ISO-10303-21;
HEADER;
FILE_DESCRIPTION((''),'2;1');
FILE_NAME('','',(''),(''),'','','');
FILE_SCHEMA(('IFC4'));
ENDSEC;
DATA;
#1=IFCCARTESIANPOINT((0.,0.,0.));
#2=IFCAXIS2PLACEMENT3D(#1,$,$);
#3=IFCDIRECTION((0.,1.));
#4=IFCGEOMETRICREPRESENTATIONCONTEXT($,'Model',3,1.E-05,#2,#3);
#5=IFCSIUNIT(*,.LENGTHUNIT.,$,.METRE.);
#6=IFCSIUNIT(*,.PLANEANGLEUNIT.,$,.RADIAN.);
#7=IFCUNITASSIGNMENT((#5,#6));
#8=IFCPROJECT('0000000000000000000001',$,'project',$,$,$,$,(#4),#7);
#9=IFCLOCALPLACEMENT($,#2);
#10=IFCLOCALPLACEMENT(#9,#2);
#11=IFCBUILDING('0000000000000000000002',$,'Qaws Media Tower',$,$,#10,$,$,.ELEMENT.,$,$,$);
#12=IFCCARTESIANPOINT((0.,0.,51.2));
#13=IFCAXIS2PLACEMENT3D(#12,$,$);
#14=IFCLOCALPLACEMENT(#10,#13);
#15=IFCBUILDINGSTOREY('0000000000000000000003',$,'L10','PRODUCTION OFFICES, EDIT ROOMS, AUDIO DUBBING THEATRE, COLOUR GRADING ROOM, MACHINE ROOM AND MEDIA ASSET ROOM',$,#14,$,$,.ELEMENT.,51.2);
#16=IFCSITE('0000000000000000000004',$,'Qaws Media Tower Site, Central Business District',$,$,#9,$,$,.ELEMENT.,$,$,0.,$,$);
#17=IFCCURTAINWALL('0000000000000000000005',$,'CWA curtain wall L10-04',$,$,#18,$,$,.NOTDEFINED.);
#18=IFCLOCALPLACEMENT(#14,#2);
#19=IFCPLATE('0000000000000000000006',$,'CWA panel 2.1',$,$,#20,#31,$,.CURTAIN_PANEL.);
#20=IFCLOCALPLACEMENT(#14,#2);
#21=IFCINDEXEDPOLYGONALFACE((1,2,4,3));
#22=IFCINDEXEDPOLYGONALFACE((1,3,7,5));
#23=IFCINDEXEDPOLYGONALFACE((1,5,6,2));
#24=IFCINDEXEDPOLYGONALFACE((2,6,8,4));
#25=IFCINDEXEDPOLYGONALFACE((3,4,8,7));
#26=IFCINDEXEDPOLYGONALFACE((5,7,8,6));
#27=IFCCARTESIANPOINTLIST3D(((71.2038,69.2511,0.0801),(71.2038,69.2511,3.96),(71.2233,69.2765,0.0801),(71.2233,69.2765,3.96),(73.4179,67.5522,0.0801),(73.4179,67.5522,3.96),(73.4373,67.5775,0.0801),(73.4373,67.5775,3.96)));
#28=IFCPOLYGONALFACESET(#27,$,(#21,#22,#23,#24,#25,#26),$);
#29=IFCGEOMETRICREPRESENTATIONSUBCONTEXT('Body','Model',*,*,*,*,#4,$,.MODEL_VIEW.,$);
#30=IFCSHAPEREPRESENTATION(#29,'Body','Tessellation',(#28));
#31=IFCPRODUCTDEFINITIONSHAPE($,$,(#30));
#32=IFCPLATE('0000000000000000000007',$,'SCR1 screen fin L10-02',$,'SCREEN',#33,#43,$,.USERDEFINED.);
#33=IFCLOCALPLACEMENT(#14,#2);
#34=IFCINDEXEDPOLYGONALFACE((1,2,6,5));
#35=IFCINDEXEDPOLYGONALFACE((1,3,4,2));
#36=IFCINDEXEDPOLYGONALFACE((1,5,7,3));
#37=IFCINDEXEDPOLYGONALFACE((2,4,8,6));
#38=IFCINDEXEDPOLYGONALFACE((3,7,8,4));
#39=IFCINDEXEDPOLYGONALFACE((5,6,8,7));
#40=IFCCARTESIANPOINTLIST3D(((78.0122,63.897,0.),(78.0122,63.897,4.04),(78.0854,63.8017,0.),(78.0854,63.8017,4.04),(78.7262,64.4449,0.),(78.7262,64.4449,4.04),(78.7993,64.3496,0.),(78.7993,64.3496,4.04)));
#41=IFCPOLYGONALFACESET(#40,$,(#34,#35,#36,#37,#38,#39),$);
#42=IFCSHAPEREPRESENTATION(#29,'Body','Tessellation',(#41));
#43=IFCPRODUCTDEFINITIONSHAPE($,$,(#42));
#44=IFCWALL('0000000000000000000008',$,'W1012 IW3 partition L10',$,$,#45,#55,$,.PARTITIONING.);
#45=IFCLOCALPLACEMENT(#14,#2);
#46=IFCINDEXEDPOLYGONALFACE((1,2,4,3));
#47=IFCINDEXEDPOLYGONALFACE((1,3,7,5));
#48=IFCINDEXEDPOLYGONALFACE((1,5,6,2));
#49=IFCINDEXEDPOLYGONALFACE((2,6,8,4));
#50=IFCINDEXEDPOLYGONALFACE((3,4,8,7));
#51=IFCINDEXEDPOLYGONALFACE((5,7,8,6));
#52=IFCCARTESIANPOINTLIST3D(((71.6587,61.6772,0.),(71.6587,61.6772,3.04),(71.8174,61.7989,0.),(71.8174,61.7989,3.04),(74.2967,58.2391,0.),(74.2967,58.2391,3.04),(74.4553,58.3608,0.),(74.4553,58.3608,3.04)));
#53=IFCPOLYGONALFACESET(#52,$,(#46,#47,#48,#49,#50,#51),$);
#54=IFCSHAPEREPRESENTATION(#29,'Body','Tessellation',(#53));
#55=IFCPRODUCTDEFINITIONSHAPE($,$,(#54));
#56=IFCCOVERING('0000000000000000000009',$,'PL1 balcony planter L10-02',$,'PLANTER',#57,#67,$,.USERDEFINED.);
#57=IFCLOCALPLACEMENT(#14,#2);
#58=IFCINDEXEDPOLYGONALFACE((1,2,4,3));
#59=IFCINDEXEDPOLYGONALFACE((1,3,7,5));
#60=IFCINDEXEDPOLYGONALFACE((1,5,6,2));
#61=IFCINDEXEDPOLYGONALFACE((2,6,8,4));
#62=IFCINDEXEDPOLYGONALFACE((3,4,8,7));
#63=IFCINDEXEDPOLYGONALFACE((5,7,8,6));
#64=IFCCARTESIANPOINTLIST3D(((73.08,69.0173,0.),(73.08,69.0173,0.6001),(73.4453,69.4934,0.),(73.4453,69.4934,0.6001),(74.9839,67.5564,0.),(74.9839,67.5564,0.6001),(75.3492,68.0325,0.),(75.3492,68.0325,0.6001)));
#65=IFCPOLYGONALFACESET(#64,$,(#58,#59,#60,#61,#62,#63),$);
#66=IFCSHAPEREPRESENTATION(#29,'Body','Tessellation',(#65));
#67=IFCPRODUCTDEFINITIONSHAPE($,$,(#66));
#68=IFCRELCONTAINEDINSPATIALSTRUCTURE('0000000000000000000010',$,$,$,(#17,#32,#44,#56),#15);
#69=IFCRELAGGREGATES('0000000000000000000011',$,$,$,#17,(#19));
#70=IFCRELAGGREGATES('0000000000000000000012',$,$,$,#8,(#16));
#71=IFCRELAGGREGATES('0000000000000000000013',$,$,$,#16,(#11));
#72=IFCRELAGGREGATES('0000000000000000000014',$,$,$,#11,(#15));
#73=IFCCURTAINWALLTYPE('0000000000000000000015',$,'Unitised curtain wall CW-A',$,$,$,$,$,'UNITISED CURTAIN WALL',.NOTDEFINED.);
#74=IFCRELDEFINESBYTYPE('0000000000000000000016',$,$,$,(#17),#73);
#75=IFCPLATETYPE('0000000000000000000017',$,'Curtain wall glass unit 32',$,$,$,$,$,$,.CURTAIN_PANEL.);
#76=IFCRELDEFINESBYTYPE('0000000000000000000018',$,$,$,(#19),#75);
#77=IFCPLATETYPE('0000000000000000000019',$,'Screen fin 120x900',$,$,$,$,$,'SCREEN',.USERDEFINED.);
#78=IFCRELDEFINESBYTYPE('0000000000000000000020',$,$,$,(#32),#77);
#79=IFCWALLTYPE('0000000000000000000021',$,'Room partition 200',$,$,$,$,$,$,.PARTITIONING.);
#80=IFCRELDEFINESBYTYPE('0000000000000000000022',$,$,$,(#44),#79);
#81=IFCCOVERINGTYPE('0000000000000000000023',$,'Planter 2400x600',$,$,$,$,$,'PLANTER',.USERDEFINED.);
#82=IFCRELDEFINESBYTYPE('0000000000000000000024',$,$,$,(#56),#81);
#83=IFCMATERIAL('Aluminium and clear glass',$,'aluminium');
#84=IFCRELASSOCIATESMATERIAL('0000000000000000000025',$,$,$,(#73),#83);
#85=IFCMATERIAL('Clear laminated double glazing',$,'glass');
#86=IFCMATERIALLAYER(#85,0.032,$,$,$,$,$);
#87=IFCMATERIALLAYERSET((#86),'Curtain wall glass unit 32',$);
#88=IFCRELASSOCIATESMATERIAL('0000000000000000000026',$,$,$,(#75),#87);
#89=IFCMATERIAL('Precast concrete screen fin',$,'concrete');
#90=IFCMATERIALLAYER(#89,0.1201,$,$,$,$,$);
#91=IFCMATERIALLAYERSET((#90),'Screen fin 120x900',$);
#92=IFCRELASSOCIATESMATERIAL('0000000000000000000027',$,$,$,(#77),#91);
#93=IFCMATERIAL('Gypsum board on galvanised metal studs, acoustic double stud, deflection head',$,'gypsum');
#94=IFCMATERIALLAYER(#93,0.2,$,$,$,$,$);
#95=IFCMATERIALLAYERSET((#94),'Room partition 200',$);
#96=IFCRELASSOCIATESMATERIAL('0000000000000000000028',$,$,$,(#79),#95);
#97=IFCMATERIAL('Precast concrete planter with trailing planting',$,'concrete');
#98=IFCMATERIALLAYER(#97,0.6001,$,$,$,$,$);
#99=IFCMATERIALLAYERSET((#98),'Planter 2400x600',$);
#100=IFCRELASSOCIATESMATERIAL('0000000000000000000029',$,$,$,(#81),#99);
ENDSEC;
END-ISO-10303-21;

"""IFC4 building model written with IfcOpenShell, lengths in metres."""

from ifc_helpers import new_model, si_unit, direction, frame, frame_2d, origin, origin_2d, place, context, subcontext, project, spatial, rectangle, extrude, material, layer, layer_set, type_object, element, aggregate, save


model = new_model("IFC4")

# Units and contexts
model_context = context("Model", 3, precision=1e-05, world=origin(), true_north=direction((0.0, 1.0)))
body_context = subcontext(model_context, "Body", "Model", "MODEL_VIEW")
ifc_project = project(units=[si_unit("LENGTHUNIT", "METRE"), si_unit("PLANEANGLEUNIT", "RADIAN")], contexts=[model_context])

# Site, building, storey
site_placement = place(None, origin())
site = spatial("IfcSite", under=ifc_project, at=site_placement, Name="Qaws Media Tower Site, Central Business District", CompositionType="ELEMENT", RefElevation=0.0)
building_placement = place(site_placement, origin())
building = spatial("IfcBuilding", under=site, at=building_placement, Name="Qaws Media Tower", CompositionType="ELEMENT")
storey_placement = place(building_placement, frame((0.0, 0.0, 51.2)))
storey = spatial("IfcBuildingStorey", under=building, at=storey_placement, Name="L10", Description="PRODUCTION OFFICES, EDIT ROOMS, AUDIO DUBBING THEATRE, COLOUR GRADING ROOM, MACHINE ROOM AND MEDIA ASSET ROOM", CompositionType="ELEMENT", Elevation=51.2)

# Shared definitions
ifc_material_1 = material(Name="Aluminium and clear glass", Category="aluminium")
curtain_wall_type = type_object("IfcCurtainWallType", Name="Unitised curtain wall CW-A", ElementType="UNITISED CURTAIN WALL", PredefinedType="NOTDEFINED", material=ifc_material_1)

# Curtain wall
curtain_wall_1_placement = place(storey_placement, origin())
curtain_wall_1 = element("IfcCurtainWall", 1, at=curtain_wall_1_placement, inside=storey, type_object=curtain_wall_type, Name="CWA curtain wall L10-04", PredefinedType="NOTDEFINED")

# Plates
ifc_material_2 = material(Name="Clear laminated double glazing", Category="glass")
ifc_layer_1 = layer(ifc_material_2, 0.032)
ifc_layer_set_1 = layer_set([ifc_layer_1], Name="Curtain wall glass unit 32")
plate_type_1 = type_object("IfcPlateType", Name="Curtain wall glass unit 32", PredefinedType="CURTAIN_PANEL", material=ifc_layer_set_1)
plate_1_placement = place(storey_placement, frame((72.3206, 68.4143, 0.0801), z_axis=(0.0, 0.0, 1.0), x_axis=(-0.793353, 0.608762, 0.0)))
plate_1 = element("IfcPlate", 2, at=plate_1_placement, type_object=plate_type_1, Name="CWA panel 2.1", PredefinedType="CURTAIN_PANEL", context=body_context, shape_type="SweptSolid", body=[
    extrude(rectangle(XDim=2.7908, YDim=0.032, at=origin_2d()), origin(), (0.0, 0.0, 1.0), 3.8799),
])
aggregate(curtain_wall_1, [plate_1])
ifc_material_3 = material(Name="Precast concrete screen fin", Category="concrete")
ifc_layer_2 = layer(ifc_material_3, 0.1201)
ifc_layer_set_2 = layer_set([ifc_layer_2], Name="Screen fin 120x900")
plate_type_2 = type_object("IfcPlateType", Name="Screen fin 120x900", ElementType="SCREEN", PredefinedType="USERDEFINED", material=ifc_layer_set_2)
plate_2_placement = place(storey_placement, frame((78.4058, 64.1233, 0.0), z_axis=(0.0, 0.0, 1.0), x_axis=(0.793353, 0.608761, 0.0)))
element("IfcPlate", 3, at=plate_2_placement, inside=storey, type_object=plate_type_2, Name="SCR1 screen fin L10-02", ObjectType="SCREEN", PredefinedType="USERDEFINED", context=body_context, shape_type="SweptSolid", body=[
    extrude(rectangle(XDim=0.8999, YDim=0.1201, at=origin_2d()), origin(), (0.0, 0.0, 1.0), 4.04),
])

# Wall
ifc_material_4 = material(Name="Gypsum board on galvanised metal studs, acoustic double stud, deflection head", Category="gypsum")
ifc_layer_3 = layer(ifc_material_4, 0.2)
ifc_layer_set_3 = layer_set([ifc_layer_3], Name="Room partition 200")
wall_type = type_object("IfcWallType", Name="Room partition 200", PredefinedType="PARTITIONING", material=ifc_layer_set_3)
wall_placement = place(storey_placement, frame((71.738, 61.738, 0.0), z_axis=(0.0, 0.0, 1.0), x_axis=(0.608744, -0.793367, 0.0)))
element("IfcWall", 4, at=wall_placement, inside=storey, type_object=wall_type, Name="W1012 IW3 partition L10", PredefinedType="PARTITIONING", context=body_context, shape_type="SweptSolid", body=[
    extrude(rectangle(XDim=4.3335, YDim=0.2, at=frame_2d((2.1667, 0.0))), origin(), (0.0, 0.0, 1.0), 3.04),
])

# Covering
ifc_material_5 = material(Name="Precast concrete planter with trailing planting", Category="concrete")
ifc_layer_4 = layer(ifc_material_5, 0.6001)
ifc_layer_set_4 = layer_set([ifc_layer_4], Name="Planter 2400x600")
covering_type = type_object("IfcCoveringType", Name="Planter 2400x600", ElementType="PLANTER", PredefinedType="USERDEFINED", material=ifc_layer_set_4)
covering_placement = place(storey_placement, frame((74.2146, 68.5249, 0.0), z_axis=(0.0, 0.0, 1.0), x_axis=(-0.793353, 0.608761, 0.0)))
element("IfcCovering", 5, at=covering_placement, inside=storey, type_object=covering_type, Name="PL1 balcony planter L10-02", ObjectType="PLANTER", PredefinedType="USERDEFINED", context=body_context, shape_type="SweptSolid", body=[
    extrude(rectangle(XDim=2.3999, YDim=0.6001, at=origin_2d()), origin(), (0.0, 0.0, 1.0), 0.6001),
])

save(model, "model.ifc")
